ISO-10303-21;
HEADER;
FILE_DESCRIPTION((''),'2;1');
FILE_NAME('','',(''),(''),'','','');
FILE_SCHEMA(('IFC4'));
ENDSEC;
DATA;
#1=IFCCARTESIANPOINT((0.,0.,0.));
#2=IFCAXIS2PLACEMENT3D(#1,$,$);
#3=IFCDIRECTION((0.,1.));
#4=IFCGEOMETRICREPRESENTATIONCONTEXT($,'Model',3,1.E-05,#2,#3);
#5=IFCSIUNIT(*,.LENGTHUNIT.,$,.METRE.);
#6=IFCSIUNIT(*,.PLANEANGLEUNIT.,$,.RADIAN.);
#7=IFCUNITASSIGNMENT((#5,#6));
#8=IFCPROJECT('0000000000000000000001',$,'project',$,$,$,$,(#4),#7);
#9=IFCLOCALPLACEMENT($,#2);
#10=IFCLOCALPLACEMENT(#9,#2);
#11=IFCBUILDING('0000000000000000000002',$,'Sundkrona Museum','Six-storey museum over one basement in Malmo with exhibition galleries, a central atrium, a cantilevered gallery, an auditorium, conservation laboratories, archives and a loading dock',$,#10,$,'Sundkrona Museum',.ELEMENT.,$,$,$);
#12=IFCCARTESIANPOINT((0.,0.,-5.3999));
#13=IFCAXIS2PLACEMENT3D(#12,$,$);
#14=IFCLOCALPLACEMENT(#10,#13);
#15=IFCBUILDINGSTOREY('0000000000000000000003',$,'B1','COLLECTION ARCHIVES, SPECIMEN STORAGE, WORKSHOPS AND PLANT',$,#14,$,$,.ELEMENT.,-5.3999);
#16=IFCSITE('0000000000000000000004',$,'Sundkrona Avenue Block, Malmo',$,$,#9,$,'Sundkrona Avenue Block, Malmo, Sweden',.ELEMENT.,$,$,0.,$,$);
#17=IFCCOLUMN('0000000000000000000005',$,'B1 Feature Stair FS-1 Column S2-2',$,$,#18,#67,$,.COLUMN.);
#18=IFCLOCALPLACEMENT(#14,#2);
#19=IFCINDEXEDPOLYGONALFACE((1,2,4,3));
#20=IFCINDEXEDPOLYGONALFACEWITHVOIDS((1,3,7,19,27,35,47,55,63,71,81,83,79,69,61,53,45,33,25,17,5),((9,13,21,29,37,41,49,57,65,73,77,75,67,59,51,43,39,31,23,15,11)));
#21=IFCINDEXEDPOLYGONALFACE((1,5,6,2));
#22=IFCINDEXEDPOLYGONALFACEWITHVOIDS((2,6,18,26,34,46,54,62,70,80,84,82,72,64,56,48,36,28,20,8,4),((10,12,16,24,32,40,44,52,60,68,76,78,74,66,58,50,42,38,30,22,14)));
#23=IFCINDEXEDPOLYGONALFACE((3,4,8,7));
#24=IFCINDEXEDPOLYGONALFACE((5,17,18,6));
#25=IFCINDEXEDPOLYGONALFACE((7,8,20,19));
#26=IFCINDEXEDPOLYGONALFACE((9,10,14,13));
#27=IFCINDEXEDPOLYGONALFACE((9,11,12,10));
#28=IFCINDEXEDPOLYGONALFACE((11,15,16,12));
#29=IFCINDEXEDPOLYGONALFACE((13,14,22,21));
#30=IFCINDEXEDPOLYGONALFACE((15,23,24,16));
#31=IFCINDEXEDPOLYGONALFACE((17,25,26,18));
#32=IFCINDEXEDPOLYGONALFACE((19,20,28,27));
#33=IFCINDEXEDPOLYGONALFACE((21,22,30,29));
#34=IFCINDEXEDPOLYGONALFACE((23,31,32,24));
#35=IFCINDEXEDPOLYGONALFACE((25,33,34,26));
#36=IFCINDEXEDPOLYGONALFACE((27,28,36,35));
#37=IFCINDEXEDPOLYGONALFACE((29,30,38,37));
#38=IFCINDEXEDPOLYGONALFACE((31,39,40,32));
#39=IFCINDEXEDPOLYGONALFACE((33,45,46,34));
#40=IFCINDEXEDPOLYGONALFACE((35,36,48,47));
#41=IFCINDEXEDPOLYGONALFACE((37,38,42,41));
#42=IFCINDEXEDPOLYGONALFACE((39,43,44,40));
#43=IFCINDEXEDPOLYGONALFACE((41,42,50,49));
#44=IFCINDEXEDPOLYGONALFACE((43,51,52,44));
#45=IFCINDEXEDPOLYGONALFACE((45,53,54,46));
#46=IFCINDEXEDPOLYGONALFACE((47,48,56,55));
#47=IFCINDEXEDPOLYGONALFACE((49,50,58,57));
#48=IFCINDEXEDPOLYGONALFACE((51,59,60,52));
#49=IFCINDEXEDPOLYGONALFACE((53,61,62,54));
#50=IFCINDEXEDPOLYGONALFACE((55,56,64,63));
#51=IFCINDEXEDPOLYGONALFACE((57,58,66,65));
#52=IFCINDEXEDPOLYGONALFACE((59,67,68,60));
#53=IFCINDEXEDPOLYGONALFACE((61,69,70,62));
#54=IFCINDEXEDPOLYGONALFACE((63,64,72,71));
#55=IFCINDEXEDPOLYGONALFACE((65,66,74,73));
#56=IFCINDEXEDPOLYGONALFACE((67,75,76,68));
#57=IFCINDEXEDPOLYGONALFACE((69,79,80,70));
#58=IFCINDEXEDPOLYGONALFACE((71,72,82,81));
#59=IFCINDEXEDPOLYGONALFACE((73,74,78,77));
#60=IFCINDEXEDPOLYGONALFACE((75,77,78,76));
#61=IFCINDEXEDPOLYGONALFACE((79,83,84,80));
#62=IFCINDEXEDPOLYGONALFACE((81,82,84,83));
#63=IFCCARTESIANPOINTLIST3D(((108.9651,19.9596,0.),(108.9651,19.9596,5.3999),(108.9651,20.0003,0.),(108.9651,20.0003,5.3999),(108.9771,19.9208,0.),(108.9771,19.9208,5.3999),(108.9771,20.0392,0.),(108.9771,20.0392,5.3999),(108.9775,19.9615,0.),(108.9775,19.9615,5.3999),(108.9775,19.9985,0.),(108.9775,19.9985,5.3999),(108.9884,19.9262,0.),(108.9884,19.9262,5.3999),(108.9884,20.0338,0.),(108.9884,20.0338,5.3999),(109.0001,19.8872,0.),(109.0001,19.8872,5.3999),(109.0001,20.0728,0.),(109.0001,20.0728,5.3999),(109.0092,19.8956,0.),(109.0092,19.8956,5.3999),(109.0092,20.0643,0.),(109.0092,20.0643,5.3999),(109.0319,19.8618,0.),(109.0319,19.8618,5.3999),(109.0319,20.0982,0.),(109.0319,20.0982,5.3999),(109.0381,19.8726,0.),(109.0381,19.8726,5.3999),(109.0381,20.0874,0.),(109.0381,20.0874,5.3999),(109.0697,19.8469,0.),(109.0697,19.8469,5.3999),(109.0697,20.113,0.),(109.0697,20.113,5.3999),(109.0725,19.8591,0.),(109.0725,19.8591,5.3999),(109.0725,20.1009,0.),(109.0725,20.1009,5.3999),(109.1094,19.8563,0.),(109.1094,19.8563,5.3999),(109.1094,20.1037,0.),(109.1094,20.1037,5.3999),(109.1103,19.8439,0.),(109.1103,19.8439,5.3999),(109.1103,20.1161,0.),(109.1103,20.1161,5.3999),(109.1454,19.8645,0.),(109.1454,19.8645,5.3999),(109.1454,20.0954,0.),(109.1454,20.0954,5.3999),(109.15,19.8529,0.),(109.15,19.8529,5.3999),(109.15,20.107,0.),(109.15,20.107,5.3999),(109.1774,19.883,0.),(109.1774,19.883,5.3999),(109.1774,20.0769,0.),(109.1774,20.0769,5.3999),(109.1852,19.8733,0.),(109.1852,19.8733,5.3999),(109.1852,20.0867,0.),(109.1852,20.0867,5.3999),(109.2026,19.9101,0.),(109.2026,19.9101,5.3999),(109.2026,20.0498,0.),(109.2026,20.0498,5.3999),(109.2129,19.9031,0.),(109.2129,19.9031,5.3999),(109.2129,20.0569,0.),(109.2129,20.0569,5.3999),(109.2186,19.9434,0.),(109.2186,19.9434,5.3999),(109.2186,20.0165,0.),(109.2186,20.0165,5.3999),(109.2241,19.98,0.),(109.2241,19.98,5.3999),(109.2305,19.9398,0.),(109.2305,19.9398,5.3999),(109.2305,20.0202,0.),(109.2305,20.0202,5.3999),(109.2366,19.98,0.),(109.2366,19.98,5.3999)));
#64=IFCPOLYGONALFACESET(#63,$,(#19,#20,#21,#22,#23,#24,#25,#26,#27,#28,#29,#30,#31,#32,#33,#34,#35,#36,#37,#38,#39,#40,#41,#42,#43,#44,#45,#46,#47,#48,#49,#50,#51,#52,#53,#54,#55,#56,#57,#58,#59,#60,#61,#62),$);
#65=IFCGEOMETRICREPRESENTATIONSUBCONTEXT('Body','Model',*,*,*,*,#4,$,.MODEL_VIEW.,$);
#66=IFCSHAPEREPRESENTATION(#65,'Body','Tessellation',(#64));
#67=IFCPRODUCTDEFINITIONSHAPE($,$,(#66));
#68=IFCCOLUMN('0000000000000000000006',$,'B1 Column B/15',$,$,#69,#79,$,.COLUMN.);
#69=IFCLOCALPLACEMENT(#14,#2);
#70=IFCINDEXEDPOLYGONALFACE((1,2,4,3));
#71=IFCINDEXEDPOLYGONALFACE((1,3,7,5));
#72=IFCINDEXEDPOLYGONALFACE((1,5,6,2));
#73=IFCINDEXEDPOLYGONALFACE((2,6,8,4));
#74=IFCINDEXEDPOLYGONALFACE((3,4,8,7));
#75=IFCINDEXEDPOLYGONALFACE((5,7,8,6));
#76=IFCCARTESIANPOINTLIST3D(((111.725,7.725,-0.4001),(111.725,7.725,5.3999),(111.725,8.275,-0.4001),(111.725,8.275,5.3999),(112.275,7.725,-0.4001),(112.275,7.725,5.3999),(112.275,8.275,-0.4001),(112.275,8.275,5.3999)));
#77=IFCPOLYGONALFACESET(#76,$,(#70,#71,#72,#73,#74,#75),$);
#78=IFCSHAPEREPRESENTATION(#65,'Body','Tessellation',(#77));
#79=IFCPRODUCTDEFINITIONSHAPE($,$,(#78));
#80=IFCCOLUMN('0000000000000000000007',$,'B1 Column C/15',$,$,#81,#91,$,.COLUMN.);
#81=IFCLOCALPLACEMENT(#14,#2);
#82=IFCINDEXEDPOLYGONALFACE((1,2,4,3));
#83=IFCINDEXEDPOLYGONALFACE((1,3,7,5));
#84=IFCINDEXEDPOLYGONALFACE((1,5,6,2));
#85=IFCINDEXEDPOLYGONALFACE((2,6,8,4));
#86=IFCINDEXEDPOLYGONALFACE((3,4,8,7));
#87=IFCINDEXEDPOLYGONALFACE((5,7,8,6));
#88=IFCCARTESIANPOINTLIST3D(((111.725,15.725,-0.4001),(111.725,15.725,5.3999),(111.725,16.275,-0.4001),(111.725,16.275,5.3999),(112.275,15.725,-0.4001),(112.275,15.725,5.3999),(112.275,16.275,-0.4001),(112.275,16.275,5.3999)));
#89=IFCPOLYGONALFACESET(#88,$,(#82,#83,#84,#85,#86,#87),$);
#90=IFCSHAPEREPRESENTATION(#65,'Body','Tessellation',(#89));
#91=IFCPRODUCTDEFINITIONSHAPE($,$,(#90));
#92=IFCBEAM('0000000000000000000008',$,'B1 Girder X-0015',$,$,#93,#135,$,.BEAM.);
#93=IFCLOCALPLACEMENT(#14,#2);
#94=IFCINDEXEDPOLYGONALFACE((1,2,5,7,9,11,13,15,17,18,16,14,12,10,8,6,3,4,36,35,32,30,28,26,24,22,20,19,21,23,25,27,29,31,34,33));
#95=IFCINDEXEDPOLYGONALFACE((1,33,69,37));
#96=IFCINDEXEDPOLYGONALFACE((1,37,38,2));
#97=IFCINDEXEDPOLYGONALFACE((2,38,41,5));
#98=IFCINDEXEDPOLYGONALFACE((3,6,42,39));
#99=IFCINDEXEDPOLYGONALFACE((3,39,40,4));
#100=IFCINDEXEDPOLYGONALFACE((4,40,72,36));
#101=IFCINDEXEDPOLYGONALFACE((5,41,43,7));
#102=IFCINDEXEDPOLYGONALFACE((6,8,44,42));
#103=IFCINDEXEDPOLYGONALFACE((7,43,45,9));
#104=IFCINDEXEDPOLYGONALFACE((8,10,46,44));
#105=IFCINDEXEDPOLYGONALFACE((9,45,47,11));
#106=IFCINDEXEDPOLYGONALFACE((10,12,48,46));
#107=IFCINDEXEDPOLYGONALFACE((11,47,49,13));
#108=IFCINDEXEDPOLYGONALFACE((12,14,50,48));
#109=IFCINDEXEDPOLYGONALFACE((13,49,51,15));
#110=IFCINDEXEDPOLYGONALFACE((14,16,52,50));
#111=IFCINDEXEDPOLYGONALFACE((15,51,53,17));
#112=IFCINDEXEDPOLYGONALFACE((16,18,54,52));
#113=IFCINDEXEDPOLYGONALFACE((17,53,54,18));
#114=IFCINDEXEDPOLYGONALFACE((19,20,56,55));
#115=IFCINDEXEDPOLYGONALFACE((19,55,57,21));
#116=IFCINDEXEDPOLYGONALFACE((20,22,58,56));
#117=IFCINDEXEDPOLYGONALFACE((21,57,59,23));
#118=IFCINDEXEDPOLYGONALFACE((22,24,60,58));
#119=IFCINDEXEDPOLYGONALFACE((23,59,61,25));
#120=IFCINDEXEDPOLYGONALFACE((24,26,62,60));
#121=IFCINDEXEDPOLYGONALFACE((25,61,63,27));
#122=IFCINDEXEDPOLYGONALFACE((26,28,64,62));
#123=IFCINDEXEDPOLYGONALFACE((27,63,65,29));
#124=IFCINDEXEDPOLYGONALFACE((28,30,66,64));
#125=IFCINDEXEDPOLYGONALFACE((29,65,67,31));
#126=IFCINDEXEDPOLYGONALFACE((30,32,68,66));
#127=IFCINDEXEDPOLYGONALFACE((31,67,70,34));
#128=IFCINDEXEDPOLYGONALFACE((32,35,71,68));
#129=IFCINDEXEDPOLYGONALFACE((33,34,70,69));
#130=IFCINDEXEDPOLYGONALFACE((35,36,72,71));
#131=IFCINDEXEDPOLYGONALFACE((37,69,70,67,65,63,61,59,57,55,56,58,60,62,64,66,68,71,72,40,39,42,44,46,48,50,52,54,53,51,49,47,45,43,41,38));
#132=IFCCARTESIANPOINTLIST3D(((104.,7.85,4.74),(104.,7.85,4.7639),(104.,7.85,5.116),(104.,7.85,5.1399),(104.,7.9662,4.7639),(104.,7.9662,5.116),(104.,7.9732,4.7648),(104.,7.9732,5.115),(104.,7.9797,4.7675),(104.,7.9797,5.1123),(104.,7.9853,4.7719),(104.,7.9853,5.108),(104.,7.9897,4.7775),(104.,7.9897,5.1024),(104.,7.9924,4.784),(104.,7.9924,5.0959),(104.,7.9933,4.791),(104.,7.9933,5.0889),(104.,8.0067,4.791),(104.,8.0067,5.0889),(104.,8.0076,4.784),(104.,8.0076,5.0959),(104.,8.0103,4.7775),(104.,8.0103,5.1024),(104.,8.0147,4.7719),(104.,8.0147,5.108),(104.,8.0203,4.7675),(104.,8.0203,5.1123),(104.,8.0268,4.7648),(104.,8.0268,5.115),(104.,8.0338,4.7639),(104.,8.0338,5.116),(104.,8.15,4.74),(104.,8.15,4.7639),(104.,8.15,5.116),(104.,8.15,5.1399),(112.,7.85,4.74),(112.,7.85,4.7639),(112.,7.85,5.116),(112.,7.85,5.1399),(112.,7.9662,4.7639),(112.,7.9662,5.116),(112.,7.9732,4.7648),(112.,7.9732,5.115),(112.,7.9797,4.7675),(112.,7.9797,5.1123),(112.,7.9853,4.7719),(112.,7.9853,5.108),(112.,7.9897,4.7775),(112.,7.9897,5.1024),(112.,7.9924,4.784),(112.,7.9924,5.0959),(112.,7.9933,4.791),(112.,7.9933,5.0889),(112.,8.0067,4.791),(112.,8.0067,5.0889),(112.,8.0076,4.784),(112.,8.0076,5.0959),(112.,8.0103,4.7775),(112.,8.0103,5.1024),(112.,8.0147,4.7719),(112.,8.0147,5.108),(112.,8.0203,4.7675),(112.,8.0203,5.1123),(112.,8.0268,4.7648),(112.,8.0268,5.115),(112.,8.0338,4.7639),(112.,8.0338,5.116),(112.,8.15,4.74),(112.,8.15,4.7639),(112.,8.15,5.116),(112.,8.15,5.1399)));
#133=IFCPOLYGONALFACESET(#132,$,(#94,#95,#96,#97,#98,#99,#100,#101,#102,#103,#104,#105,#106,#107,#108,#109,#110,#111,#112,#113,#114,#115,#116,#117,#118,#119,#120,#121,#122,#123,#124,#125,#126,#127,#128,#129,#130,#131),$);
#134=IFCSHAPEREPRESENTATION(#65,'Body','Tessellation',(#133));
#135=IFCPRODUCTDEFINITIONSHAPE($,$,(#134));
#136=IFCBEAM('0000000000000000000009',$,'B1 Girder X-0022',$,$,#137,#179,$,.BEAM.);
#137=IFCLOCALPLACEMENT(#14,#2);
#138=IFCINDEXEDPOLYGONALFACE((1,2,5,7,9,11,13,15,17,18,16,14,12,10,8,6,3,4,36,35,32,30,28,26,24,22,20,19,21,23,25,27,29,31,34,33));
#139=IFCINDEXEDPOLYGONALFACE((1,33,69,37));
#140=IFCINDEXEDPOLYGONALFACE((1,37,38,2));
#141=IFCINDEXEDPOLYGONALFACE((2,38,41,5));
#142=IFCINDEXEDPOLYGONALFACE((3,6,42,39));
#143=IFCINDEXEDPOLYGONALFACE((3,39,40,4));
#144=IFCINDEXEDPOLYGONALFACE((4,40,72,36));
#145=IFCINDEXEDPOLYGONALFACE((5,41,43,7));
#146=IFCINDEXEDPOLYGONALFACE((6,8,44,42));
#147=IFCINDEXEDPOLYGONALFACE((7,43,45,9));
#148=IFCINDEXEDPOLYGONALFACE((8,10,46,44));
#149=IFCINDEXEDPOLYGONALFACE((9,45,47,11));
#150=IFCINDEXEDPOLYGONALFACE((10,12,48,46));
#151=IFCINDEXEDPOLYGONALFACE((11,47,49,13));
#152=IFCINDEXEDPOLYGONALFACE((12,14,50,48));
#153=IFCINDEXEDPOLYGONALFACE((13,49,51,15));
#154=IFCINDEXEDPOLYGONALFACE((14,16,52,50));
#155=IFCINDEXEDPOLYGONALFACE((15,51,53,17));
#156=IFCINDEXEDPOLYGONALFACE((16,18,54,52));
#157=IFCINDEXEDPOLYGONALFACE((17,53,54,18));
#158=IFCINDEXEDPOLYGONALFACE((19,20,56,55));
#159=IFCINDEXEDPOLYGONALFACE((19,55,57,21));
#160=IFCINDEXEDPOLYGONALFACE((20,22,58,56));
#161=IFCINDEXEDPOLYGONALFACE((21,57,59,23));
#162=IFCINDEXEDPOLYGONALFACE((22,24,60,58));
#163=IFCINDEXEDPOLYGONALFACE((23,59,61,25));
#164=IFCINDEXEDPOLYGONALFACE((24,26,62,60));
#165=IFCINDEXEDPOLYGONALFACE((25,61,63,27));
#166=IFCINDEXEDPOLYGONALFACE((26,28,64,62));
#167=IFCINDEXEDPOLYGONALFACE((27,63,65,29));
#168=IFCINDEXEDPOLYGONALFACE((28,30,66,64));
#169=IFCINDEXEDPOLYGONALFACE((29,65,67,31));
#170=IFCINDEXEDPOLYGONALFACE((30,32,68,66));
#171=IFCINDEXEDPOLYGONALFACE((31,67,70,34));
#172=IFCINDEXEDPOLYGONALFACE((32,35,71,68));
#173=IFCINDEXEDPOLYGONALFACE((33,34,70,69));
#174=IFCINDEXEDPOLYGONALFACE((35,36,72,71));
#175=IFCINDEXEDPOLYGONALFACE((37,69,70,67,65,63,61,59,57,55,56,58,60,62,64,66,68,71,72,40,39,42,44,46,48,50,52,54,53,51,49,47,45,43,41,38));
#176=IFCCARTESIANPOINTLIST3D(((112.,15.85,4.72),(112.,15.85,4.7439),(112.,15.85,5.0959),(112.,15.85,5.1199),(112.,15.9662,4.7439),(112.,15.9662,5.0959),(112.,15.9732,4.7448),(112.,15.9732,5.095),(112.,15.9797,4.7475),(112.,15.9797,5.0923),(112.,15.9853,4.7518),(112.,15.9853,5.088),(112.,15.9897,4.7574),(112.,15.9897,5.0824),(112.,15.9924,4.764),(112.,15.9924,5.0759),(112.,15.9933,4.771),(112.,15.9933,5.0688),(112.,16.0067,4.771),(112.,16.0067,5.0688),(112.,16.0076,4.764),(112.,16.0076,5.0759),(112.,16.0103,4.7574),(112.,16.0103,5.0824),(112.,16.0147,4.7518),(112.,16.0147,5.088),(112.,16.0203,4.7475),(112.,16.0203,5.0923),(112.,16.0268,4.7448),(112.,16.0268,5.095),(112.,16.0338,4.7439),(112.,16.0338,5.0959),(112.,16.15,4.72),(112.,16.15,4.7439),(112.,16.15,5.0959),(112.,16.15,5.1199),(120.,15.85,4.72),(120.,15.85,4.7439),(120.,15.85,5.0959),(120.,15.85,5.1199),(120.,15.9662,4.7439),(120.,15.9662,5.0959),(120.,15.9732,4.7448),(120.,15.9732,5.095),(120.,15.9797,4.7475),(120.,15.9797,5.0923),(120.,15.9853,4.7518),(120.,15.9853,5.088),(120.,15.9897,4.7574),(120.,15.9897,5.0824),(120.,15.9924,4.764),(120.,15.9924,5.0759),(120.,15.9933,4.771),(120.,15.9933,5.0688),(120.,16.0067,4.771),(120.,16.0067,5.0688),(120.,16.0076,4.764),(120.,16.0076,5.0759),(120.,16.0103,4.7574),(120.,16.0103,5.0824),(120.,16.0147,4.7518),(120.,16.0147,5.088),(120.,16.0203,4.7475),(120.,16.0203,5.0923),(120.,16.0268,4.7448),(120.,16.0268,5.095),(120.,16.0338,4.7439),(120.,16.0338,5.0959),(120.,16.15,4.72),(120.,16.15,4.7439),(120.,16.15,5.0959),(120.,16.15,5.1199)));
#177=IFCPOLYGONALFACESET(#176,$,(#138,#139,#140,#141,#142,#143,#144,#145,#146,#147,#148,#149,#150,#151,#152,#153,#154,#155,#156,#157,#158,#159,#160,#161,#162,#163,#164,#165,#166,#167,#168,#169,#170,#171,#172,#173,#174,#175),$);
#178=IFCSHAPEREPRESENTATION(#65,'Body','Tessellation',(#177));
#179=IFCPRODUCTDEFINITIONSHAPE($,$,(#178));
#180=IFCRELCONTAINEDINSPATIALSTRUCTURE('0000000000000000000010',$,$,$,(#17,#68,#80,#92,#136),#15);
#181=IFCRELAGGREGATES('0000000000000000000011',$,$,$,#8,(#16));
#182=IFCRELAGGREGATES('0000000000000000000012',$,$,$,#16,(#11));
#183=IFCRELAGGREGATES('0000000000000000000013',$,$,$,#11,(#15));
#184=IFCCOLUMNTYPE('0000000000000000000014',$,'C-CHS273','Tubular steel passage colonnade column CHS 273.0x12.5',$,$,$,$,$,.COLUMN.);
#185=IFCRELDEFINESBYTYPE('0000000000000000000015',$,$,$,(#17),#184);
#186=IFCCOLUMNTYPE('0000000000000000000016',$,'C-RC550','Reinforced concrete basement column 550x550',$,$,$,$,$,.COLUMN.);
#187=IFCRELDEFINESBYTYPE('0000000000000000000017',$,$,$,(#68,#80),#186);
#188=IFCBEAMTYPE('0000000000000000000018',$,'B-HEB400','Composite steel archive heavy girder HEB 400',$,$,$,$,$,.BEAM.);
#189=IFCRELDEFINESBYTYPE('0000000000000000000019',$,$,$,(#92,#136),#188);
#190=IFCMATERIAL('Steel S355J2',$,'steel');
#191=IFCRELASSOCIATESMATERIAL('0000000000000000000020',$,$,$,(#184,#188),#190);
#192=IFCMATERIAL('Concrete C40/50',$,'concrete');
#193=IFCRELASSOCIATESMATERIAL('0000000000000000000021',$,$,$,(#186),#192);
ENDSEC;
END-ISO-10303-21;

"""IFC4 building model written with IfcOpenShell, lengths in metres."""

from ifc_helpers import new_model, si_unit, direction, frame, origin, origin_2d, place, context, subcontext, project, spatial, rectangle, hollow_circle, i_section, extrude, material, material_profile, profile_set, type_object, element, save


model = new_model("IFC4")

# Units and contexts
model_context = context("Model", 3, precision=1e-05, world=origin(), true_north=direction((0.0, 1.0)))
body_context = subcontext(model_context, "Body", "Model", "MODEL_VIEW")
ifc_project = project(units=[si_unit("LENGTHUNIT", "METRE"), si_unit("PLANEANGLEUNIT", "RADIAN")], contexts=[model_context])

# Site, building, storey
site_placement = place(None, origin())
site = spatial("IfcSite", under=ifc_project, at=site_placement, Name="Sundkrona Avenue Block, Malmo", LongName="Sundkrona Avenue Block, Malmo, Sweden", CompositionType="ELEMENT", RefElevation=0.0)
building_placement = place(site_placement, origin())
building = spatial("IfcBuilding", under=site, at=building_placement, Name="Sundkrona Museum", Description="Six-storey museum over one basement in Malmo with exhibition galleries, a central atrium, a cantilevered gallery, an auditorium, conservation laboratories, archives and a loading dock", LongName="Sundkrona Museum", CompositionType="ELEMENT")
storey_placement = place(building_placement, frame((0.0, 0.0, -5.3999)))
storey = spatial("IfcBuildingStorey", under=building, at=storey_placement, Name="B1", Description="COLLECTION ARCHIVES, SPECIMEN STORAGE, WORKSHOPS AND PLANT", CompositionType="ELEMENT", Elevation=-5.3999)

# Shared definitions
ifc_material_1 = material(Name="Concrete C40/50", Category="concrete")

# Columns
ifc_material_2 = material(Name="Steel S355J2", Category="steel")
ifc_material_profile_1 = material_profile(ifc_material_2, hollow_circle(Radius=0.1365, WallThickness=0.0125, at=origin_2d()), Name="CHS 273.0x12.5")
ifc_profile_set_1 = profile_set([ifc_material_profile_1], Name="Steel S355J2")
column_type_1 = type_object("IfcColumnType", Name="C-CHS273", Description="Tubular steel passage colonnade column CHS 273.0x12.5", PredefinedType="COLUMN", material=ifc_profile_set_1)
for number, where, z_axis, x_axis, name in (
    (1, (109.1001, 19.98, 0.0), (0.0, 0.0, 1.0), (1.0, 0.0, 0.0), "B1 Feature Stair FS-1 Column S2-2"),
):
    element("IfcColumn", number, at=place(storey_placement, frame(where, z_axis=z_axis, x_axis=x_axis)), inside=storey, type_object=column_type_1, Name=name, PredefinedType="COLUMN", context=body_context, shape_type="SweptSolid", body=[
        extrude(hollow_circle(Radius=0.1365, WallThickness=0.0125, at=origin_2d()), origin(), (0.0, 0.0, 1.0), 5.3999),
    ])
ifc_material_profile_2 = material_profile(ifc_material_1, rectangle(XDim=0.55, YDim=0.55, at=origin_2d()), Name="RC 550x550")
ifc_profile_set_2 = profile_set([ifc_material_profile_2], Name="Concrete C40/50")
column_type_2 = type_object("IfcColumnType", Name="C-RC550", Description="Reinforced concrete basement column 550x550", PredefinedType="COLUMN", material=ifc_profile_set_2)
for number, where, z_axis, x_axis, name in (
    (2, (112.0, 8.0, -0.4001), (0.0, 0.0, 1.0), (1.0, 0.0, 0.0), "B1 Column B/15"),
    (3, (112.0, 16.0, -0.4001), (0.0, 0.0, 1.0), (1.0, 0.0, 0.0), "B1 Column C/15"),
):
    element("IfcColumn", number, at=place(storey_placement, frame(where, z_axis=z_axis, x_axis=x_axis)), inside=storey, type_object=column_type_2, Name=name, PredefinedType="COLUMN", context=body_context, shape_type="SweptSolid", body=[
        extrude(rectangle(XDim=0.55, YDim=0.55, at=origin_2d()), origin(), (0.0, 0.0, 1.0), 5.8),
    ])

# Beams
ifc_material_profile_3 = material_profile(ifc_material_2, i_section(OverallWidth=0.3, OverallDepth=0.3999, WebThickness=0.0134, FlangeThickness=0.0239, FilletRadius=0.0271, at=origin_2d()), Name="HEB 400")
ifc_profile_set_3 = profile_set([ifc_material_profile_3], Name="Steel S355J2")
beam_type_1 = type_object("IfcBeamType", Name="B-HEB400", Description="Composite steel archive heavy girder HEB 400", PredefinedType="BEAM", material=ifc_profile_set_3)
for number, where, z_axis, x_axis, name in (
    (4, (104.0, 8.0, 4.9399), (1.0, 0.0, 0.0), (0.0, 1.0, 0.0), "B1 Girder X-0015"),
    (5, (112.0, 16.0, 4.9199), (1.0, 0.0, 0.0), (0.0, 1.0, 0.0), "B1 Girder X-0022"),
):
    element("IfcBeam", number, at=place(storey_placement, frame(where, z_axis=z_axis, x_axis=x_axis)), inside=storey, type_object=beam_type_1, Name=name, PredefinedType="BEAM", context=body_context, shape_type="SweptSolid", body=[
        extrude(i_section(OverallWidth=0.3, OverallDepth=0.3999, WebThickness=0.0134, FlangeThickness=0.0239, FilletRadius=0.0271, at=origin_2d()), origin(), (0.0, 0.0, 1.0), 8.0),
    ])

save(model, "model.ifc")
